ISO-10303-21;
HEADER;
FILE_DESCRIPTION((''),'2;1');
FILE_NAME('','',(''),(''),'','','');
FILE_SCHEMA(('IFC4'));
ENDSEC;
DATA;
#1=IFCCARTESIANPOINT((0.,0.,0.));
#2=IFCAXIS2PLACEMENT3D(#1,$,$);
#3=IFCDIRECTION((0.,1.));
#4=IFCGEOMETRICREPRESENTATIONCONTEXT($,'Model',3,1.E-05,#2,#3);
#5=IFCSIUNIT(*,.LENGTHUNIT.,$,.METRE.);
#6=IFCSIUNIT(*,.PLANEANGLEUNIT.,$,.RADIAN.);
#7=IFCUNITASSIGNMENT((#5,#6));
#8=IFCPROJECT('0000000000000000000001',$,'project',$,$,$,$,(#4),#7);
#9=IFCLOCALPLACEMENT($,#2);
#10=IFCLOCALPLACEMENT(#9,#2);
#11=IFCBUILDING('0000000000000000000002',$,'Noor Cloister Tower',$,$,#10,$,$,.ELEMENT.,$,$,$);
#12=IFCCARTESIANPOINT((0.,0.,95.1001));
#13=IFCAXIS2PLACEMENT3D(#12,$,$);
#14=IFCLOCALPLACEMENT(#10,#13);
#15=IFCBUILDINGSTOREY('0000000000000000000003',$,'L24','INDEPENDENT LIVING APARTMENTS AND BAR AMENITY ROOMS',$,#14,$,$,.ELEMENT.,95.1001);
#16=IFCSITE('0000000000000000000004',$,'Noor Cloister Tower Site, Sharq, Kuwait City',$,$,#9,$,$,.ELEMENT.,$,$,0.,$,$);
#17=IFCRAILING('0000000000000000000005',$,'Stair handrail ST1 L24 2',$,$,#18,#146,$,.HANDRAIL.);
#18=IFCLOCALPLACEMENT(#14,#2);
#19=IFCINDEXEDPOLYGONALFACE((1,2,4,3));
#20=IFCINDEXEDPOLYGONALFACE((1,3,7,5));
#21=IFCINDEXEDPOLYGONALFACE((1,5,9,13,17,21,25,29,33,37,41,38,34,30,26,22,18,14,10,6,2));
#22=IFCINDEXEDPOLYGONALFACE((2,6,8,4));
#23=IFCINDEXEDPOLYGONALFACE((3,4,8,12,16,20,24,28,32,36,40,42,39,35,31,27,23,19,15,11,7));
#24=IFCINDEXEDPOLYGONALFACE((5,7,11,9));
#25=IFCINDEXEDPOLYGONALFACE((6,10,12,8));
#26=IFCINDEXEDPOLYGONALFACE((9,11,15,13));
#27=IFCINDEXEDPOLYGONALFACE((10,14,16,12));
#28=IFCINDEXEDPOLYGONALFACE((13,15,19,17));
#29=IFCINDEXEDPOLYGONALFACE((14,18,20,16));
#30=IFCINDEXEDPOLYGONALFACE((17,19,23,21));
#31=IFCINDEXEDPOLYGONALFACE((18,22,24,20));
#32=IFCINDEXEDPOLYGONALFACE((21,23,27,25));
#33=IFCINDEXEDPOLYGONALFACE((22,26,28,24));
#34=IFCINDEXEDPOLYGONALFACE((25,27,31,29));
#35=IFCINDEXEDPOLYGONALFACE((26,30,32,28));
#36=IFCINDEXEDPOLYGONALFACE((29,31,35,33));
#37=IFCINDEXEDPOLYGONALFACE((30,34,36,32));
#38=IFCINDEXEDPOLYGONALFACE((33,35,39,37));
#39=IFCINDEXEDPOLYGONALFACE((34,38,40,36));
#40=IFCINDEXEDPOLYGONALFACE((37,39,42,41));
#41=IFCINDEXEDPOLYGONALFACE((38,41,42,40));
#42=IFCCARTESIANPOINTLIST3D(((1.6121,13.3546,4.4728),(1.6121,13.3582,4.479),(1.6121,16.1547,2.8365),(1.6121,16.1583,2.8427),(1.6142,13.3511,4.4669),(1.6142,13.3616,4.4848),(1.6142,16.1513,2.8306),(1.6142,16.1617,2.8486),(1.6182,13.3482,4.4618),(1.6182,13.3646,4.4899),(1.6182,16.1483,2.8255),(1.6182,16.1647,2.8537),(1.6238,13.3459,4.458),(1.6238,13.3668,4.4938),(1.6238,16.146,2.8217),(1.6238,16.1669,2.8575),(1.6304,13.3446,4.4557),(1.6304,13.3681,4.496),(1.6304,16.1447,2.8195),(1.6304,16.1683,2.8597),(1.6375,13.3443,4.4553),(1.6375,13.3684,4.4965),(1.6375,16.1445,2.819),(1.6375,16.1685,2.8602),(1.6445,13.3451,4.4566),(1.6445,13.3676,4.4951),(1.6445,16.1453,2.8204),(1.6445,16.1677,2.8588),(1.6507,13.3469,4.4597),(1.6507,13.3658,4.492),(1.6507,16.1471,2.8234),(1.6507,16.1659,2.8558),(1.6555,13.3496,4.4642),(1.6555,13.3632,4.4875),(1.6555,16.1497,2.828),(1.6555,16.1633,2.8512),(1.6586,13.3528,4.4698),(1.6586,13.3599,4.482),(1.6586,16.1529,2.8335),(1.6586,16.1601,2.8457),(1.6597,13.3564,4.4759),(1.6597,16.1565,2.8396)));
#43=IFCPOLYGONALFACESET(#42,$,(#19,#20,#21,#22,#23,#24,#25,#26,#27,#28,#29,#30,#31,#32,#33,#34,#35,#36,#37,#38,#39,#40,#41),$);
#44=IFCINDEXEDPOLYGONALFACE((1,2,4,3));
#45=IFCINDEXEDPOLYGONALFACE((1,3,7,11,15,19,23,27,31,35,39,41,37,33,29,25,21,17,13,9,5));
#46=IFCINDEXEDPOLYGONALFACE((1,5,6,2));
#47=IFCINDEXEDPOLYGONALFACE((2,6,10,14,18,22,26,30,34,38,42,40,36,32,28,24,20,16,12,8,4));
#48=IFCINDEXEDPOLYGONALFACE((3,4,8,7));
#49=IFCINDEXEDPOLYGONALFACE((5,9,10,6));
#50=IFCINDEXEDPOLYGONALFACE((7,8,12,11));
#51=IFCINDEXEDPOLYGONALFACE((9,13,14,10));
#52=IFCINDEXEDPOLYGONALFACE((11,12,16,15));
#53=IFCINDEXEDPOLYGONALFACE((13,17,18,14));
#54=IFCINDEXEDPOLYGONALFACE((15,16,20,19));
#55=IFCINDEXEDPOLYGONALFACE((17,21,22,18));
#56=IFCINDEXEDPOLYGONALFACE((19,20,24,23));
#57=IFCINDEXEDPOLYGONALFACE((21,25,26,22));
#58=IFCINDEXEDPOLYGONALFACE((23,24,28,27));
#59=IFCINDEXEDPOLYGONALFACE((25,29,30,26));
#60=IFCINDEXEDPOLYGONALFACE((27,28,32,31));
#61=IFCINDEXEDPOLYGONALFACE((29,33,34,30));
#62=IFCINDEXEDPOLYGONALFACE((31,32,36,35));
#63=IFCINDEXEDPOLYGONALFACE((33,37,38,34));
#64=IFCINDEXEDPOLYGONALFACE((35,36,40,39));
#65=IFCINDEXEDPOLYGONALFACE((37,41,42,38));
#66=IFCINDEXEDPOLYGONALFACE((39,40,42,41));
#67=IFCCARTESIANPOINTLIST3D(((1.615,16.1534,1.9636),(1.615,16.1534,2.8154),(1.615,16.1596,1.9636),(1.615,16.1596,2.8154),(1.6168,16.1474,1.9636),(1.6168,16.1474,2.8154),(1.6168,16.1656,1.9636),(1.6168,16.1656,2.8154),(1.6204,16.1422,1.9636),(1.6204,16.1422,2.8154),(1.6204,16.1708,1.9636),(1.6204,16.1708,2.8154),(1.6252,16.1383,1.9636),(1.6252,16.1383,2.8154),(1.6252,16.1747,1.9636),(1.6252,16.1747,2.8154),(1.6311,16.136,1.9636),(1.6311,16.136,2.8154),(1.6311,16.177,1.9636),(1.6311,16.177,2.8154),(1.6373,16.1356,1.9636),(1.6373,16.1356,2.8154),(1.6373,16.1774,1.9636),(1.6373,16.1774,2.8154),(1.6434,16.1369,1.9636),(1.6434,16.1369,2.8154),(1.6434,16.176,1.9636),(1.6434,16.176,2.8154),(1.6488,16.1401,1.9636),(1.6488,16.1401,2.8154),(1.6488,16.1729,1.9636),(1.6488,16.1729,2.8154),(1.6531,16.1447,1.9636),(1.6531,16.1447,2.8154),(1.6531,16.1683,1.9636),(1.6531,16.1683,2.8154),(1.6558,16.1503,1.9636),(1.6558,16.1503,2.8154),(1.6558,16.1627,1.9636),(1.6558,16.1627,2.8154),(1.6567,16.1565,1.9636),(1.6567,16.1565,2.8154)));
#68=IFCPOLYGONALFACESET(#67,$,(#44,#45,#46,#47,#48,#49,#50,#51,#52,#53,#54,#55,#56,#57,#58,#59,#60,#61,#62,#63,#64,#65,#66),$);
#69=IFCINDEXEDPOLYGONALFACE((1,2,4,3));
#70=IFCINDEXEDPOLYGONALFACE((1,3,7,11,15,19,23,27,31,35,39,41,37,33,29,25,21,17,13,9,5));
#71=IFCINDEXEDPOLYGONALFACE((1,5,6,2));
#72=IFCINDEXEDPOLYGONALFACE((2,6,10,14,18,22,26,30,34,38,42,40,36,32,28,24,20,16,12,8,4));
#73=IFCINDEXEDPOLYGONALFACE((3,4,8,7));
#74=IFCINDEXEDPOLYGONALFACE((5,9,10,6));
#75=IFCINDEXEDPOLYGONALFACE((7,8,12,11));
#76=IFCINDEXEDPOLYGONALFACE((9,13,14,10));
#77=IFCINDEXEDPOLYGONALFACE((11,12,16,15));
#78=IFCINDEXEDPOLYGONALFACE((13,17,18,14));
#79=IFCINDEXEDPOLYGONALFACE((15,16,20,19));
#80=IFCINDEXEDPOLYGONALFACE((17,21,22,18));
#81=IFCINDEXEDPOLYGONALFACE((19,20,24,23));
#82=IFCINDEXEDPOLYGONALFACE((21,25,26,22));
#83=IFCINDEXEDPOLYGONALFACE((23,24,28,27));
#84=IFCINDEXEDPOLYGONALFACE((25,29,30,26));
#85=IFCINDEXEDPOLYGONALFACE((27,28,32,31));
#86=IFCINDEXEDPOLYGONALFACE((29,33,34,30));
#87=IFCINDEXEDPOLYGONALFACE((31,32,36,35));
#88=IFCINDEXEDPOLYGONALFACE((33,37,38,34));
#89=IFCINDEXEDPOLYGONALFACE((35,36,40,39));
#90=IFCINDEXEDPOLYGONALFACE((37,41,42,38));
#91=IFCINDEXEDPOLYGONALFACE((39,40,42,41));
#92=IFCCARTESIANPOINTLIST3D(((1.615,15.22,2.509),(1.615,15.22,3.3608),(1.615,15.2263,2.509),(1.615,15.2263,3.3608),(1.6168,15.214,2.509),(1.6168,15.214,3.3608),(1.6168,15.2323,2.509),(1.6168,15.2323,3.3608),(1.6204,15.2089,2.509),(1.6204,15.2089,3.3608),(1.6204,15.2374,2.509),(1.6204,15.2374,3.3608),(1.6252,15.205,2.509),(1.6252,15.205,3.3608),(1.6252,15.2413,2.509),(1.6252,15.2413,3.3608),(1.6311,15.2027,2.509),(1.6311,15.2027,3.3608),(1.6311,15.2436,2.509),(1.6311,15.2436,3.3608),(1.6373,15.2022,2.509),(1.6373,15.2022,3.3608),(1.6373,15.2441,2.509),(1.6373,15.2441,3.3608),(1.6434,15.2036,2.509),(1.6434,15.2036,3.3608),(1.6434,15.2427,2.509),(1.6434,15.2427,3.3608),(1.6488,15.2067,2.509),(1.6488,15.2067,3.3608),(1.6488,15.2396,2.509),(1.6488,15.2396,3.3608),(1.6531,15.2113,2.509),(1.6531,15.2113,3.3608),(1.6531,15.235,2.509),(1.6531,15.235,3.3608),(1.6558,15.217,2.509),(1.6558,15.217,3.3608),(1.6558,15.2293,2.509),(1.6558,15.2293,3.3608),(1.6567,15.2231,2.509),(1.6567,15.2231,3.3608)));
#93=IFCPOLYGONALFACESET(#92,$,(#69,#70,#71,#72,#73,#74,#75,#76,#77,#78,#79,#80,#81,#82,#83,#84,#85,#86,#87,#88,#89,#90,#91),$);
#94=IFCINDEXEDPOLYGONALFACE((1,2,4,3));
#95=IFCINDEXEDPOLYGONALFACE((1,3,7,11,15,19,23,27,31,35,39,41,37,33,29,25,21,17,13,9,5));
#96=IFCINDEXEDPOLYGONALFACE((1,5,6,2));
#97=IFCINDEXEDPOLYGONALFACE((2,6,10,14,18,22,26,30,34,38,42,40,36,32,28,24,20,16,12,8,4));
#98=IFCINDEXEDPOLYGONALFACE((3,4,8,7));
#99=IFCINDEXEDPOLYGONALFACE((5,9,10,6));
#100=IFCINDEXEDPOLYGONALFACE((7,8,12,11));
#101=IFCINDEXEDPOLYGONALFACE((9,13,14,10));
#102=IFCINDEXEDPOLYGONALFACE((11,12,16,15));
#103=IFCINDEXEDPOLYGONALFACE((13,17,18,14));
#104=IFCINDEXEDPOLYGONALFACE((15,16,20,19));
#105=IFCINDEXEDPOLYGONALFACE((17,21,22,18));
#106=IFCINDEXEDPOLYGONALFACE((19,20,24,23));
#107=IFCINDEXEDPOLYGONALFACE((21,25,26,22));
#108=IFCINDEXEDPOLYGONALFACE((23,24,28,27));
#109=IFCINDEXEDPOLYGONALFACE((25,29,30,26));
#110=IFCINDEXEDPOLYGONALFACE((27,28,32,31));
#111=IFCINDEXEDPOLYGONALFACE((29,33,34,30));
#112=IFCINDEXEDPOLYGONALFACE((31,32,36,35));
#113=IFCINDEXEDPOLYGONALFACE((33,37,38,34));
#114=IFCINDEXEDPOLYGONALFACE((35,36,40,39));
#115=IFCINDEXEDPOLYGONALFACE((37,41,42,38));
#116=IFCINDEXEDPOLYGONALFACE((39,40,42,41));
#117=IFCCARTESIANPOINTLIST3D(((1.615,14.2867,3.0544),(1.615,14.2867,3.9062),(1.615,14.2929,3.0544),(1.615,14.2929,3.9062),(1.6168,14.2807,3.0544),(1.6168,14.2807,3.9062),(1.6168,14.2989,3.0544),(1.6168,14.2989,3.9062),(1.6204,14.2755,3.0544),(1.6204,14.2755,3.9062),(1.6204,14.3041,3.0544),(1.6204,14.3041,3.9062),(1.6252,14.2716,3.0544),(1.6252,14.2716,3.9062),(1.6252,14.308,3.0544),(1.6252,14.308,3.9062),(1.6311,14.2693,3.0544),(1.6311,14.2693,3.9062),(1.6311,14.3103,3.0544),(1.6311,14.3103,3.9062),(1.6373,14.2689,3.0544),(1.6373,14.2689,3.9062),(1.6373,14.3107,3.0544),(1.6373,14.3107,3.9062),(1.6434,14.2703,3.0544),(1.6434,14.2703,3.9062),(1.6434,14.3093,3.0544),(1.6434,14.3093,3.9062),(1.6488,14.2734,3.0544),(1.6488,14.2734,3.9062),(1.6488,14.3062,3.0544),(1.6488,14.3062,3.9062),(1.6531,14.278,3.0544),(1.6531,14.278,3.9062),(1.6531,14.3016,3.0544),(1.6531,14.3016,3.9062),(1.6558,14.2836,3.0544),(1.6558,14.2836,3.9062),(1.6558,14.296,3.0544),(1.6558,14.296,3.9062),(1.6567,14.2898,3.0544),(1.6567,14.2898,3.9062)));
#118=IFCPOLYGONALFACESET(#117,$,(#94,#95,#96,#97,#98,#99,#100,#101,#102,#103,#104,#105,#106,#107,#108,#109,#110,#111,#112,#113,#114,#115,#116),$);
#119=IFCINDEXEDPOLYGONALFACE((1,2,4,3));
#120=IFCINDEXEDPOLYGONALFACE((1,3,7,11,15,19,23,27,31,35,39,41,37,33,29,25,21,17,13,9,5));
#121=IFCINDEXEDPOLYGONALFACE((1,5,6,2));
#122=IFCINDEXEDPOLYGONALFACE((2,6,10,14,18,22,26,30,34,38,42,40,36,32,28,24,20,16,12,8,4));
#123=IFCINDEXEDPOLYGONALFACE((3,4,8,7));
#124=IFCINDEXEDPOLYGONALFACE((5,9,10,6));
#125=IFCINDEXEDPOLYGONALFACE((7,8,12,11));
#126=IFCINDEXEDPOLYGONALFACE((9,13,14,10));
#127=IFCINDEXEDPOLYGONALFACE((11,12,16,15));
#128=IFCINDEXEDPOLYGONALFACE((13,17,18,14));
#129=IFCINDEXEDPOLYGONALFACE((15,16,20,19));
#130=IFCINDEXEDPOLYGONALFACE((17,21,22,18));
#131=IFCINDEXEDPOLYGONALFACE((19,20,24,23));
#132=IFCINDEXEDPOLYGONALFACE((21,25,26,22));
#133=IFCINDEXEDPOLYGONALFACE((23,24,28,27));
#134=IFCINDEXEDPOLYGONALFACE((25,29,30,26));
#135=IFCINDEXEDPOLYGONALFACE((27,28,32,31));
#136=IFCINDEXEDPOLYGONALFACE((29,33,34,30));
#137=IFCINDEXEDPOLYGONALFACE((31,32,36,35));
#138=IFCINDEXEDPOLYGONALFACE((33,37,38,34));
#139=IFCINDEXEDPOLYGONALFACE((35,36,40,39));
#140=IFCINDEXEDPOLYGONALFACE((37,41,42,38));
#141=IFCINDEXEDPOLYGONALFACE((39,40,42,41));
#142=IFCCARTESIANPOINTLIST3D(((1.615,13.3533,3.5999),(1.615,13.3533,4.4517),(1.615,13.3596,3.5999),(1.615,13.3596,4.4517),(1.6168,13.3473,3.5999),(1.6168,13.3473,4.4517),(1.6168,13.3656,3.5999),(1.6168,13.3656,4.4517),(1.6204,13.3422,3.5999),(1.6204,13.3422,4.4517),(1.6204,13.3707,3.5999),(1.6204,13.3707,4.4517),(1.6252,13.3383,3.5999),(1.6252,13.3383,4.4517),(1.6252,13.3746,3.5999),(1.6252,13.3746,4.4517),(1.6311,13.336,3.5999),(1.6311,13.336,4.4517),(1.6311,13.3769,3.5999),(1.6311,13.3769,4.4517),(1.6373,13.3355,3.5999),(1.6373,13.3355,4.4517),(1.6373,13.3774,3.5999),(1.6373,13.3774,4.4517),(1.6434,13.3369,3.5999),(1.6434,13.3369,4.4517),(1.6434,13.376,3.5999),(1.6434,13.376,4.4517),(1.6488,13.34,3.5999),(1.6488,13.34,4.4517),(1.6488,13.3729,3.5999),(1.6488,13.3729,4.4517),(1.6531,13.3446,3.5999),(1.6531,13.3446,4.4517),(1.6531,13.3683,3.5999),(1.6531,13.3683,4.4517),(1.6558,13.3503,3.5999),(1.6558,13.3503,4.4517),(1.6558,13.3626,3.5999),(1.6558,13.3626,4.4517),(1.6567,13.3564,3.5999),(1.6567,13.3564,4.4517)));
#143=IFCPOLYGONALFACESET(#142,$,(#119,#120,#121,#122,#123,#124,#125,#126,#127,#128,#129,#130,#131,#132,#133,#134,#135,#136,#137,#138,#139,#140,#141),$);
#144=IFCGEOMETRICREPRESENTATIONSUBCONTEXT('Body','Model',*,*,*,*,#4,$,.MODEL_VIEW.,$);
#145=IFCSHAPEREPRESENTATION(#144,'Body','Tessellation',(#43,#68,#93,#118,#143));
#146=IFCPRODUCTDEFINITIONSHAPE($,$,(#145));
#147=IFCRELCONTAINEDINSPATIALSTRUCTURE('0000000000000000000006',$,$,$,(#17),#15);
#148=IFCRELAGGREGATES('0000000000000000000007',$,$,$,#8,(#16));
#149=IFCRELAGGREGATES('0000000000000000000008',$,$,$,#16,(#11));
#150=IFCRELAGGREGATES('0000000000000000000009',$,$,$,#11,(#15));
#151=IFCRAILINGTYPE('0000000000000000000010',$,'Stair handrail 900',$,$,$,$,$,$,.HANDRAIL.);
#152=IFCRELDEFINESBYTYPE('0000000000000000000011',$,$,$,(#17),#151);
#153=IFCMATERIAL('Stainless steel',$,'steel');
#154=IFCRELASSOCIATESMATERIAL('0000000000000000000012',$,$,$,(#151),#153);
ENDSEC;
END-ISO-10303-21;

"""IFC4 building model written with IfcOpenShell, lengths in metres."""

from ifc_helpers import new_model, si_unit, direction, frame, origin, origin_2d, place, context, subcontext, project, spatial, circle, extrude, material, type_object, element, save


model = new_model("IFC4")

# Units and contexts
model_context = context("Model", 3, precision=1e-05, world=origin(), true_north=direction((0.0, 1.0)))
body_context = subcontext(model_context, "Body", "Model", "MODEL_VIEW")
ifc_project = project(units=[si_unit("LENGTHUNIT", "METRE"), si_unit("PLANEANGLEUNIT", "RADIAN")], contexts=[model_context])

# Site, building, storey
site_placement = place(None, origin())
site = spatial("IfcSite", under=ifc_project, at=site_placement, Name="Noor Cloister Tower Site, Sharq, Kuwait City", CompositionType="ELEMENT", RefElevation=0.0)
building_placement = place(site_placement, origin())
building = spatial("IfcBuilding", under=site, at=building_placement, Name="Noor Cloister Tower", CompositionType="ELEMENT")
storey_placement = place(building_placement, frame((0.0, 0.0, 95.1001)))
storey = spatial("IfcBuildingStorey", under=building, at=storey_placement, Name="L24", Description="INDEPENDENT LIVING APARTMENTS AND BAR AMENITY ROOMS", CompositionType="ELEMENT", Elevation=95.1001)

# Railing
ifc_material_1 = material(Name="Stainless steel", Category="steel")
railing_type_1 = type_object("IfcRailingType", Name="Stair handrail 900", PredefinedType="HANDRAIL", material=ifc_material_1)
railing_1_placement = place(storey_placement, frame((1.6357, 16.1565, 1.9636)))
element("IfcRailing", 1, at=railing_1_placement, inside=storey, type_object=railing_type_1, Name="Stair handrail ST1 L24 2", PredefinedType="HANDRAIL", context=body_context, shape_type="SweptSolid", body=[
    extrude(circle(Radius=0.0239, at=origin_2d()), frame((0.0, 0.0, 0.876), z_axis=(0.0, -0.863394, 0.504531), x_axis=(1.0, 0.0, 0.0)), (0.0, 0.0, 1.0), 3.2432),
    extrude(circle(Radius=0.021, at=origin_2d()), origin(), (0.0, 0.0, 1.0), 0.8518),
    extrude(circle(Radius=0.021, at=origin_2d()), frame((0.0, -0.9333, 0.5454)), (0.0, 0.0, 1.0), 0.8518),
    extrude(circle(Radius=0.021, at=origin_2d()), frame((0.0, -1.8667, 1.0908)), (0.0, 0.0, 1.0), 0.8518),
    extrude(circle(Radius=0.021, at=origin_2d()), frame((0.0, -2.8, 1.6362)), (0.0, 0.0, 1.0), 0.8518),
])

save(model, "model.ifc")
